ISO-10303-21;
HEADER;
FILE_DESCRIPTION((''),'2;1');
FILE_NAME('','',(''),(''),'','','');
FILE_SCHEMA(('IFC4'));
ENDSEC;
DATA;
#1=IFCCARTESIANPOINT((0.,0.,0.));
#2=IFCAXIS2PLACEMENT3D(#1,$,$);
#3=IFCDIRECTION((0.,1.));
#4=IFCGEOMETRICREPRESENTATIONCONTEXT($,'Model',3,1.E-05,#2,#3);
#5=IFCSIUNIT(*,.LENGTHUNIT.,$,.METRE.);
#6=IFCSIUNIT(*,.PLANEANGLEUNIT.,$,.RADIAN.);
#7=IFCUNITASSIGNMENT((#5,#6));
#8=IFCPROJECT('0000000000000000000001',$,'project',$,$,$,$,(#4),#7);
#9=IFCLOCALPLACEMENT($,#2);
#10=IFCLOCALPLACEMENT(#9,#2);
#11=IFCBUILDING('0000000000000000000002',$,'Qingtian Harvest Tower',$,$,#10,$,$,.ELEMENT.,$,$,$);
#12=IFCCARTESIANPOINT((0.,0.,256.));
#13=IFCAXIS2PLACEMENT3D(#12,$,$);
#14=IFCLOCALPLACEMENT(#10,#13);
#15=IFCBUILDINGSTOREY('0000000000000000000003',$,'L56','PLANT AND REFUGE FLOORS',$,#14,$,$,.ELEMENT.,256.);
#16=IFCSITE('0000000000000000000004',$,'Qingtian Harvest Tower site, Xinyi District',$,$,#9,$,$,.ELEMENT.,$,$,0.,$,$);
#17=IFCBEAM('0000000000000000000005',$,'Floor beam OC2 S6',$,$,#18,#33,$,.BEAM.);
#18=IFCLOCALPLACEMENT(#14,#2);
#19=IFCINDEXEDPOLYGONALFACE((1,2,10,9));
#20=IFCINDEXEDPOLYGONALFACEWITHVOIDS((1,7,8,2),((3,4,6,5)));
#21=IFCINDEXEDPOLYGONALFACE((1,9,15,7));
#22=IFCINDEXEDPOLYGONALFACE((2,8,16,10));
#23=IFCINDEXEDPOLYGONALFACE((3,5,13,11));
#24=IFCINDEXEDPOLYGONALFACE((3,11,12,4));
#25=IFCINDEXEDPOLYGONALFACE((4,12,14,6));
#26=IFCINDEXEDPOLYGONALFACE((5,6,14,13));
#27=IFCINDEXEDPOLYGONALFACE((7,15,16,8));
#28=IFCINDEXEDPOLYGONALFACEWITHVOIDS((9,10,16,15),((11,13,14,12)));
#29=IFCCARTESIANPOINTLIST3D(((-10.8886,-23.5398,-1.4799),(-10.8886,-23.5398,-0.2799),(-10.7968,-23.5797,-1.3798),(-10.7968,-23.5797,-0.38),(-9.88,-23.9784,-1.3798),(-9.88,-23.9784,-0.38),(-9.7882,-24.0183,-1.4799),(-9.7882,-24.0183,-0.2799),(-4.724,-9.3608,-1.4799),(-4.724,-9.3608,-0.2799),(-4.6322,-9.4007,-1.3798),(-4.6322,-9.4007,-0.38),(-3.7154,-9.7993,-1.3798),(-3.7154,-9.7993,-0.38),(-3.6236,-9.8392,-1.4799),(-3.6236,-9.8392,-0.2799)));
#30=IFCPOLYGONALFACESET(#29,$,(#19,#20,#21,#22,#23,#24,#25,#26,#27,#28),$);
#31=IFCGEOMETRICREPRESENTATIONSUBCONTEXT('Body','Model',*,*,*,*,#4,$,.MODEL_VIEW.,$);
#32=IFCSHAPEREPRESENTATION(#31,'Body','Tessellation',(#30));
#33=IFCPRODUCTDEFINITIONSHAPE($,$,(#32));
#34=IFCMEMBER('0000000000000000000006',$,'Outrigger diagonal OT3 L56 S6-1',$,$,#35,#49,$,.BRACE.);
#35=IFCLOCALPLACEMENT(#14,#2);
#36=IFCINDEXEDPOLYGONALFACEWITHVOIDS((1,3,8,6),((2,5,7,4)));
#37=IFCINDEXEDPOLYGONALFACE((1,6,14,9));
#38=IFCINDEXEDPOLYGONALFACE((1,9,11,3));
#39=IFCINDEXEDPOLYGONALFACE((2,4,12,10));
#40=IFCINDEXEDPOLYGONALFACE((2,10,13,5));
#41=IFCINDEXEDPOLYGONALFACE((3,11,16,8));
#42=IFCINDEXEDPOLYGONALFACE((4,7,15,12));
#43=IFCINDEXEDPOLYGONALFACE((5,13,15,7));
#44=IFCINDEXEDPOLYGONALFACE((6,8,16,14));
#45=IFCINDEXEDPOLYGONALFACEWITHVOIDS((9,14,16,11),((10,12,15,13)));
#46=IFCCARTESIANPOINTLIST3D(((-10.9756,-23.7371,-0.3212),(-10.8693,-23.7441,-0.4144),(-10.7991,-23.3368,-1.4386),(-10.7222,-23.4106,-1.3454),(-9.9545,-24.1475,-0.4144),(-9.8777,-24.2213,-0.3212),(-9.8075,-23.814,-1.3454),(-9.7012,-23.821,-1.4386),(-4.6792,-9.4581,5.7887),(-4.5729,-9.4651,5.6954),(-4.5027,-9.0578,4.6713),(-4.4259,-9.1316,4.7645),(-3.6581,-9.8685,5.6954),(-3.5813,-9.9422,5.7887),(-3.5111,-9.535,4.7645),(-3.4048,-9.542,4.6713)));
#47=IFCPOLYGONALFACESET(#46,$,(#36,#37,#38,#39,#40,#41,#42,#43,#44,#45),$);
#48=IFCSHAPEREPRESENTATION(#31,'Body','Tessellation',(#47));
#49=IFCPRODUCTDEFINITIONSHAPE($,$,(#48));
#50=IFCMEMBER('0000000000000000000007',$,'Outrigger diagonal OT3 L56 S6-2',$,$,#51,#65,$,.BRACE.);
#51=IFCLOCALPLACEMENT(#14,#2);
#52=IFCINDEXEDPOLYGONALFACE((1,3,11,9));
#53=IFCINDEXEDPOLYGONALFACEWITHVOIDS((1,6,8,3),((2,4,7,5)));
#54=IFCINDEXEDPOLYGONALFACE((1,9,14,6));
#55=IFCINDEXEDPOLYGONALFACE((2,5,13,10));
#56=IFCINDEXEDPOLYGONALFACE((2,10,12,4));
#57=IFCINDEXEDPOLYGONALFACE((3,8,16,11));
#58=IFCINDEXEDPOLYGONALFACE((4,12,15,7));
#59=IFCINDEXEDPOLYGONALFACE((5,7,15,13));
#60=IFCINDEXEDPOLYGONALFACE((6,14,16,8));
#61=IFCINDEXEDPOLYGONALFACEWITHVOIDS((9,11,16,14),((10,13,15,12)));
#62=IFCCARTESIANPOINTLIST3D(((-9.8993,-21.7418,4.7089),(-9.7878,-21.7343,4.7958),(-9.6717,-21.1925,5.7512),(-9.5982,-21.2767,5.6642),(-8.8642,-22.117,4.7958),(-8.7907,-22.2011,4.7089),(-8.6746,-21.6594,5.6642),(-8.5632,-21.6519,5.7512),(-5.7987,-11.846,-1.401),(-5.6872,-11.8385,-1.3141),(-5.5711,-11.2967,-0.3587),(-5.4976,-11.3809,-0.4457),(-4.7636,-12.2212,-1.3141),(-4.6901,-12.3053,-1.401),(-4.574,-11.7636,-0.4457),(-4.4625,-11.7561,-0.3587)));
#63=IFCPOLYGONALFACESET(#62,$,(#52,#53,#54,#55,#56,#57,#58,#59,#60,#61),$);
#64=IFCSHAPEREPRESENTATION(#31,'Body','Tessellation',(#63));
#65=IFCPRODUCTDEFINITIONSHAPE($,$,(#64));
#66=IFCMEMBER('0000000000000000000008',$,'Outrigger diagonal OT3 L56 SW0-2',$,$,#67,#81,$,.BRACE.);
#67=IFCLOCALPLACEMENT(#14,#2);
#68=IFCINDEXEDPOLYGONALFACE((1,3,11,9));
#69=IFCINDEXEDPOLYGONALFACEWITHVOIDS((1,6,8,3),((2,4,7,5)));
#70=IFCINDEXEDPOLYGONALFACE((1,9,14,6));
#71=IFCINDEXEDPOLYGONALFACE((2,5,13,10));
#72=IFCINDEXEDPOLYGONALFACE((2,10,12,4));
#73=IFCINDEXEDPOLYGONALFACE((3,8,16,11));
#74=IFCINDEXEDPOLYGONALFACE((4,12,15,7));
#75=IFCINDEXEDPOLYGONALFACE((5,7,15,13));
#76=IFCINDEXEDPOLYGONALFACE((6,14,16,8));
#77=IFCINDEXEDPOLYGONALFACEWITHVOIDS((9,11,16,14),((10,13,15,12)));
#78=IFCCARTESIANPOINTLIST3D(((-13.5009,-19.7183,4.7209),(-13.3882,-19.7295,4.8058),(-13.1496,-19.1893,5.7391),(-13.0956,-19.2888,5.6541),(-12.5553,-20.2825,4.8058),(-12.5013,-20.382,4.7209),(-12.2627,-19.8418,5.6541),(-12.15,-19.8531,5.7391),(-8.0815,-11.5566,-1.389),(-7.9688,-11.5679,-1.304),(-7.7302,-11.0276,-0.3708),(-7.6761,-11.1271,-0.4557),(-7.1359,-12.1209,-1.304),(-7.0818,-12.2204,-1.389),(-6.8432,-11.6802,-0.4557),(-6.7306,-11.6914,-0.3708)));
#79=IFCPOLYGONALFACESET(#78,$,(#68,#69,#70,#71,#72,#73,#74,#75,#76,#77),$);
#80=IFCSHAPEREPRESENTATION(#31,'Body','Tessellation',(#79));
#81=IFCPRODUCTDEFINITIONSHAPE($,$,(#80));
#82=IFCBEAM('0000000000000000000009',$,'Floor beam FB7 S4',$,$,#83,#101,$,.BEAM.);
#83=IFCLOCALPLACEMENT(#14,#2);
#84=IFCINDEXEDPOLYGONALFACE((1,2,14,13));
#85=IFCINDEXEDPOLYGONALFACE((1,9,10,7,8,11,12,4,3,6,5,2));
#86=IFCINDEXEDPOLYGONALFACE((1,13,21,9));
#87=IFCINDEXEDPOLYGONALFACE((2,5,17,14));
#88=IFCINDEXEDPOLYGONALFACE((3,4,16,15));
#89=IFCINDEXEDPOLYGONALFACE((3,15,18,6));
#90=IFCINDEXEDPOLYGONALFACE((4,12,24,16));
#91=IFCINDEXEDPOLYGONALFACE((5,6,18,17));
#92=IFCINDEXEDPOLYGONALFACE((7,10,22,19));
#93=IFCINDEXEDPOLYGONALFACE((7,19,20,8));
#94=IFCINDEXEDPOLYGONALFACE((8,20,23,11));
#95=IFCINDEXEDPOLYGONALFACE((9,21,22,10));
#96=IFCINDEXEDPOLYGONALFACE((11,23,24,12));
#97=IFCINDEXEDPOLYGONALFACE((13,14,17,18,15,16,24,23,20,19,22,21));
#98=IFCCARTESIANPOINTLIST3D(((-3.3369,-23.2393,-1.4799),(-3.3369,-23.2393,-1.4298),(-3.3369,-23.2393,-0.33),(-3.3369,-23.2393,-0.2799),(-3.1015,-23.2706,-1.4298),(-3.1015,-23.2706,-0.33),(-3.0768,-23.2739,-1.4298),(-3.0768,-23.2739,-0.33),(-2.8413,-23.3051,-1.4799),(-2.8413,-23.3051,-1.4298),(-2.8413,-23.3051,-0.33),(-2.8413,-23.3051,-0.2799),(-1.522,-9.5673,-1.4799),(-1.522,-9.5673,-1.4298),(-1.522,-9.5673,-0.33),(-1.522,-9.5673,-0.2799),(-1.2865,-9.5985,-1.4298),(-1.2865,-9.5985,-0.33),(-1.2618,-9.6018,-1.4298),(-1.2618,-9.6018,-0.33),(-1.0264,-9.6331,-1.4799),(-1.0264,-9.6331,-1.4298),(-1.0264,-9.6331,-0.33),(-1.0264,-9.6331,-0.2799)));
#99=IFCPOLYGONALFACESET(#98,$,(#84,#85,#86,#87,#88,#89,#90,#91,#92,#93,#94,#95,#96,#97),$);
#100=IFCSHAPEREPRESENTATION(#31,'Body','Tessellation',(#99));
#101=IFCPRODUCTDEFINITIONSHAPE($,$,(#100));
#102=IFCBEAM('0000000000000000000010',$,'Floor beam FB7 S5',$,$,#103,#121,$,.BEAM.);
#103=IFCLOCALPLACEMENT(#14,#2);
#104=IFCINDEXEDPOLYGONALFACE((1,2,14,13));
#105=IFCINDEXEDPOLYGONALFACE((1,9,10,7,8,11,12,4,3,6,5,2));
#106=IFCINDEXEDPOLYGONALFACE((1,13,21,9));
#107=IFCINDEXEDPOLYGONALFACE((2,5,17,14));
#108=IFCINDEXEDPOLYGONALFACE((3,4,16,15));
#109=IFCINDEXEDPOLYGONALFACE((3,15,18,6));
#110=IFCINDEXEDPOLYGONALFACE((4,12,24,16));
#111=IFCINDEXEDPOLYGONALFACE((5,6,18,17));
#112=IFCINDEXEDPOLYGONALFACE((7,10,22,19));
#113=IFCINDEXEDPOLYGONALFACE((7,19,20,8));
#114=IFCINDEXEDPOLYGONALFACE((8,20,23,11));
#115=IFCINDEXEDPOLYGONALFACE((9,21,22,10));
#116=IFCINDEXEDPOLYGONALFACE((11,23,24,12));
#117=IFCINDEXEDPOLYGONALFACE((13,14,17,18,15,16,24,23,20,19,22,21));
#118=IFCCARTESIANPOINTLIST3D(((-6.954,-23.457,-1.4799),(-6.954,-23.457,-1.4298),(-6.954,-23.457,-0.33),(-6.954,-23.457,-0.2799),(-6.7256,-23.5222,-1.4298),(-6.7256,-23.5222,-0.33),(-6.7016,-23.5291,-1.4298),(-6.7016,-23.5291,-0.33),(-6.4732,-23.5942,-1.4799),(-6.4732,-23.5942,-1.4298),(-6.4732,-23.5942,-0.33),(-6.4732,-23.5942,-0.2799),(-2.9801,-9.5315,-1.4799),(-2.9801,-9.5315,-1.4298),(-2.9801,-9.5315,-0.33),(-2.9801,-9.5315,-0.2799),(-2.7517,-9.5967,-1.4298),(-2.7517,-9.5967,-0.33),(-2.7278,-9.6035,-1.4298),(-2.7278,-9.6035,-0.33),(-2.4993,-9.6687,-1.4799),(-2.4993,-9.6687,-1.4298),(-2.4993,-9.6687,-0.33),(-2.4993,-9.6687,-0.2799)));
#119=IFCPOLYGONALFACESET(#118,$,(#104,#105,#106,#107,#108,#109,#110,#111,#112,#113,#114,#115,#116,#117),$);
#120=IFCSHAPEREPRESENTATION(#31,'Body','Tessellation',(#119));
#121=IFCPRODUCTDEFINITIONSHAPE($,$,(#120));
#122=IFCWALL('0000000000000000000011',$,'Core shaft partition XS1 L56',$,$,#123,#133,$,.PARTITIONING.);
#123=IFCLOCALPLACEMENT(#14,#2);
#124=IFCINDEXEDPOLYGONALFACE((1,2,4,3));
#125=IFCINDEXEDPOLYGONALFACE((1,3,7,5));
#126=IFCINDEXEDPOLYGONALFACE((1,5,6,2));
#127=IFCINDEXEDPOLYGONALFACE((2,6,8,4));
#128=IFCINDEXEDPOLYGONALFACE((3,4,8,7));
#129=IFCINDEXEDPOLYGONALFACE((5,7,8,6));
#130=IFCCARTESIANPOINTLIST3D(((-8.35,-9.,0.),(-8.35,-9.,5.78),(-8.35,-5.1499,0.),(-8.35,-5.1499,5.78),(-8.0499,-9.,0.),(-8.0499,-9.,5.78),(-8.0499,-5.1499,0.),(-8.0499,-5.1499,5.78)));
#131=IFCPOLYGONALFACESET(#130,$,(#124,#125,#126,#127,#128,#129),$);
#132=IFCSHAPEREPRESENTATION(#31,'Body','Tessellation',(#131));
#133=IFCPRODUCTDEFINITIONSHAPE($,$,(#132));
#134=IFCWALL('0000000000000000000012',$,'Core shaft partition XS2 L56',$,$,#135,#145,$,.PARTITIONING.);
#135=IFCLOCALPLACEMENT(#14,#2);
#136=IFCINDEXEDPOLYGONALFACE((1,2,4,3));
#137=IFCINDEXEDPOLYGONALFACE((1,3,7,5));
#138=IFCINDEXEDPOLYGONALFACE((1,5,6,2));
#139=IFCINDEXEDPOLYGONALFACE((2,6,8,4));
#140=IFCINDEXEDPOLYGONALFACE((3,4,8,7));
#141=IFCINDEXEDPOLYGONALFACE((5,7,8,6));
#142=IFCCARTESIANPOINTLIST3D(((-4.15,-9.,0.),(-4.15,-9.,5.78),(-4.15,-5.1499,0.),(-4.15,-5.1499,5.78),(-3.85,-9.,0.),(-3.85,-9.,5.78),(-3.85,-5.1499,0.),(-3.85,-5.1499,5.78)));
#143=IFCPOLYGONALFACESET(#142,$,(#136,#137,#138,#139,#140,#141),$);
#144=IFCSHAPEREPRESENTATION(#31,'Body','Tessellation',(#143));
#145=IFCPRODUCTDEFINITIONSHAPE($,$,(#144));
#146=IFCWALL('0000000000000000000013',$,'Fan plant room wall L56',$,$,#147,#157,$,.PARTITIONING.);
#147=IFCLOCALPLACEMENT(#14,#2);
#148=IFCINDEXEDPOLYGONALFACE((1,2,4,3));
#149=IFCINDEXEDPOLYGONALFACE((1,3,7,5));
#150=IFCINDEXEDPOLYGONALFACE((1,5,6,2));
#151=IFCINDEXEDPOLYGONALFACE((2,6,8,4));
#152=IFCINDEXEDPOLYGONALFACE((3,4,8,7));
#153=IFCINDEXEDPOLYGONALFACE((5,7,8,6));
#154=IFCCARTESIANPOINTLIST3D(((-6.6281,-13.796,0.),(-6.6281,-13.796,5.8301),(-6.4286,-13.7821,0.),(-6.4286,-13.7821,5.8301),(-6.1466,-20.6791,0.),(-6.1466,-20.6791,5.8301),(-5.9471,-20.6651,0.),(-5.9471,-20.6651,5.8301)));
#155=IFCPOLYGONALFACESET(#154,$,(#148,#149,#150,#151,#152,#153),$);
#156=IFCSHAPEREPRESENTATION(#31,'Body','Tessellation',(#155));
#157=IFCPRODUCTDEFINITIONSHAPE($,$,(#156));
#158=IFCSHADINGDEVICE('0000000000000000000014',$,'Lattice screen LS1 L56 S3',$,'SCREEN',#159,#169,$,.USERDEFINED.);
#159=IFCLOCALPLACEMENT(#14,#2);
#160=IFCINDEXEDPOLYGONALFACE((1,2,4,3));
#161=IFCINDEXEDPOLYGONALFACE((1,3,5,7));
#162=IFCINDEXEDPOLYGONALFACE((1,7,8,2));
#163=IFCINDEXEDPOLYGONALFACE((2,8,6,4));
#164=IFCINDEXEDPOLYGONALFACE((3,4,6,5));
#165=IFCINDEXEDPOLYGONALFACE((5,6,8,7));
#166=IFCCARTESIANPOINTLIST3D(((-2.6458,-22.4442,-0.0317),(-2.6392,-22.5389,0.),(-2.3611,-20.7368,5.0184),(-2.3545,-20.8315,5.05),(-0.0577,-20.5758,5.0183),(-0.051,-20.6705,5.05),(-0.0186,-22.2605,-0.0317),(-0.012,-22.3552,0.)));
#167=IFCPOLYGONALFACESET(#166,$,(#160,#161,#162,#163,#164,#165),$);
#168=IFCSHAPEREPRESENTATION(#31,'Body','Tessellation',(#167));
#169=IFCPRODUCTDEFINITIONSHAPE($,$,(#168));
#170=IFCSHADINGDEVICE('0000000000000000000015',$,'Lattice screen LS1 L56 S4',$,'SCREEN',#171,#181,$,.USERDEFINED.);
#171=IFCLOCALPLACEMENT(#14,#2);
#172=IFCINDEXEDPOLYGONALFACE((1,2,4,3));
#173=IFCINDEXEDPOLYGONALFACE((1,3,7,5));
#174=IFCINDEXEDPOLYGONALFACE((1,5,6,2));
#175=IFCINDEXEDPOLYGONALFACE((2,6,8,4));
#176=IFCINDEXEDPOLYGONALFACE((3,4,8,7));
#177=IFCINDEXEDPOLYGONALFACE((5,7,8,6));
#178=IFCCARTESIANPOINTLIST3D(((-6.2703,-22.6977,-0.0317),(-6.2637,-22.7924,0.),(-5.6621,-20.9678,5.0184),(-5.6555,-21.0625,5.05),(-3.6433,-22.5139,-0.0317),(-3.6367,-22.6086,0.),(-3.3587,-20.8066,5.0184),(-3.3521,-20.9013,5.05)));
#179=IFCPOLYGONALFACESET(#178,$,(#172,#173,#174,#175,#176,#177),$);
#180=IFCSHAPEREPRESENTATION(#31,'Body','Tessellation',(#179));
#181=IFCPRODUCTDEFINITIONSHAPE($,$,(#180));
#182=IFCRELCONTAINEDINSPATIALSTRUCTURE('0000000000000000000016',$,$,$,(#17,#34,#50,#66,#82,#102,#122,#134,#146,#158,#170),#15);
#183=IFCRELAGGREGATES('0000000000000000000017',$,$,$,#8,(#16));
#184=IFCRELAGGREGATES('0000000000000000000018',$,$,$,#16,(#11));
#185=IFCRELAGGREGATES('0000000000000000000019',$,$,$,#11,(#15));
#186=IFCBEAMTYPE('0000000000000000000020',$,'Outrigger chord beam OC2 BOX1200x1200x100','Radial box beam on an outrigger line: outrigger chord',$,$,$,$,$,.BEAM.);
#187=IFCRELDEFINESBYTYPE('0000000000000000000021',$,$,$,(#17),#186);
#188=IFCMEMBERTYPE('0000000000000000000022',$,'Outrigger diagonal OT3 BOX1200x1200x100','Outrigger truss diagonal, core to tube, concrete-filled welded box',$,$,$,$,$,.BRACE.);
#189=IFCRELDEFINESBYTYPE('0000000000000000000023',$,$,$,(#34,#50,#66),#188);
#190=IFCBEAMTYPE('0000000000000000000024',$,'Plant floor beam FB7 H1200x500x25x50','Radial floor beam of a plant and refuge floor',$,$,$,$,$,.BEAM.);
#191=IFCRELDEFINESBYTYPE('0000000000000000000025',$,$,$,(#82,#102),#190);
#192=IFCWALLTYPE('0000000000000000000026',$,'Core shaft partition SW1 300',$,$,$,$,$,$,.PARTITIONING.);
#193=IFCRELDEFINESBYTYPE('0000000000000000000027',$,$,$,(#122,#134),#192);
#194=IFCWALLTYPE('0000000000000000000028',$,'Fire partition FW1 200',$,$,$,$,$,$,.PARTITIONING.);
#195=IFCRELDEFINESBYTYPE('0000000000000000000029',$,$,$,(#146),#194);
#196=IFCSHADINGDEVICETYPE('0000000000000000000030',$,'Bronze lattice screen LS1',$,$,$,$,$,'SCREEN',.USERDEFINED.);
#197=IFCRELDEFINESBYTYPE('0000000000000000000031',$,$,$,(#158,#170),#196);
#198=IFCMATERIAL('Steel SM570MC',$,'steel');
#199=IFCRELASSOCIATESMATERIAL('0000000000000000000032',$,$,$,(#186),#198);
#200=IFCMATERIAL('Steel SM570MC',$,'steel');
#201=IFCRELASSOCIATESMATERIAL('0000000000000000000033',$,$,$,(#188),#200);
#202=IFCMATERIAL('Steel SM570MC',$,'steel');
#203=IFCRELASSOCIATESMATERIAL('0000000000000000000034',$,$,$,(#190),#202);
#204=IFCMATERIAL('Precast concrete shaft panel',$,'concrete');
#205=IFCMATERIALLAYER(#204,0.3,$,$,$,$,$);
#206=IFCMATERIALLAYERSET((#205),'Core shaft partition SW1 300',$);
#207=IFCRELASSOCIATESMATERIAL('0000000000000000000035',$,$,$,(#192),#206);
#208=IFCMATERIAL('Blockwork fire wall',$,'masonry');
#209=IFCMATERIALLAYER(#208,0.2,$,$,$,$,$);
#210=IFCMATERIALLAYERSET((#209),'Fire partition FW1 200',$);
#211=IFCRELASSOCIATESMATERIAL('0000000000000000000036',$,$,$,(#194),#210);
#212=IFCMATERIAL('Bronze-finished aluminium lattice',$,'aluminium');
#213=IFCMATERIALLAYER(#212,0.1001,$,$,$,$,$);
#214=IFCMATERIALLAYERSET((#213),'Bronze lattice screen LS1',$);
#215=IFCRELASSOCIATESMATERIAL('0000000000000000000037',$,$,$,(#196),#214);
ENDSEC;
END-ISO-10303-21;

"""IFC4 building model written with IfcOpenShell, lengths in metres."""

from ifc_helpers import new_model, si_unit, direction, frame, frame_2d, origin, origin_2d, place, context, subcontext, project, spatial, polyline, rectangle, hollow_rectangle, i_section, outline, extrude, material, layer, layer_set, material_profile, profile_set, type_object, element, save


model = new_model("IFC4")

# Units and contexts
model_context = context("Model", 3, precision=1e-05, world=origin(), true_north=direction((0.0, 1.0)))
body_context = subcontext(model_context, "Body", "Model", "MODEL_VIEW")
ifc_project = project(units=[si_unit("LENGTHUNIT", "METRE"), si_unit("PLANEANGLEUNIT", "RADIAN")], contexts=[model_context])

# Site, building, storey
site_placement = place(None, origin())
site = spatial("IfcSite", under=ifc_project, at=site_placement, Name="Qingtian Harvest Tower site, Xinyi District", CompositionType="ELEMENT", RefElevation=0.0)
building_placement = place(site_placement, origin())
building = spatial("IfcBuilding", under=site, at=building_placement, Name="Qingtian Harvest Tower", CompositionType="ELEMENT")
storey_placement = place(building_placement, frame((0.0, 0.0, 256.0)))
storey = spatial("IfcBuildingStorey", under=building, at=storey_placement, Name="L56", Description="PLANT AND REFUGE FLOORS", CompositionType="ELEMENT", Elevation=256.0)

# Beam
ifc_material_1 = material(Name="Steel SM570MC", Category="steel")
ifc_material_profile_1 = material_profile(ifc_material_1, hollow_rectangle(XDim=1.2, YDim=1.2, WallThickness=0.1001, at=origin_2d()), Name="BOX1200x1200x100")
ifc_profile_set_1 = profile_set([ifc_material_profile_1], Name="Steel SM570MC")
beam_type_1 = type_object("IfcBeamType", Name="Outrigger chord beam OC2 BOX1200x1200x100", Description="Radial box beam on an outrigger line: outrigger chord", PredefinedType="BEAM", material=ifc_profile_set_1)
beam_1_placement = place(storey_placement, frame((-10.3384, -23.7791, -0.8799), z_axis=(0.398715, 0.917075, 0.0), x_axis=(-0.917075, 0.398715, 0.0)))
element("IfcBeam", 1, at=beam_1_placement, inside=storey, type_object=beam_type_1, Name="Floor beam OC2 S6", PredefinedType="BEAM", context=body_context, shape_type="SweptSolid", body=[
    extrude(hollow_rectangle(XDim=1.2, YDim=1.2, WallThickness=0.1001, at=origin_2d()), origin(), (0.0, 0.0, 1.0), 15.4612),
])

# Members
ifc_material_2 = material(Name="Steel SM570MC", Category="steel")
ifc_material_profile_2 = material_profile(ifc_material_2, hollow_rectangle(XDim=1.2, YDim=1.2, WallThickness=0.1001, at=origin_2d()), Name="BOX1200x1200x100")
ifc_profile_set_2 = profile_set([ifc_material_profile_2], Name="Steel SM570MC")
member_type_1 = type_object("IfcMemberType", Name="Outrigger diagonal OT3 BOX1200x1200x100", Description="Outrigger truss diagonal, core to tube, concrete-filled welded box", PredefinedType="BRACE", material=ifc_profile_set_2)
member_1_placement = place(storey_placement, frame((-10.3384, -23.7791, -0.8799), z_axis=(0.3757, 0.85202, 0.364571), x_axis=(-0.914993, 0.403469, 0.0)))
element("IfcMember", 2, at=member_1_placement, inside=storey, type_object=member_type_1, Name="Outrigger diagonal OT3 L56 S6-1", PredefinedType="BRACE", context=body_context, shape_type="SweptSolid", body=[
    extrude(hollow_rectangle(XDim=1.2, YDim=1.2, WallThickness=0.1001, at=origin_2d()), origin(), (0.0, 0.0, 1.0), 16.759),
])
member_2_placement = place(storey_placement, frame((-5.1306, -11.801, -0.8799), z_axis=(-0.332524, -0.802464, 0.495459), x_axis=(0.923826, -0.382813, 0.0)))
element("IfcMember", 3, at=member_2_placement, inside=storey, type_object=member_type_1, Name="Outrigger diagonal OT3 L56 S6-2", PredefinedType="BRACE", context=body_context, shape_type="SweptSolid", body=[
    extrude(hollow_rectangle(XDim=1.2, YDim=1.2, WallThickness=0.1001, at=origin_2d()), origin(), (0.0, 0.0, 1.0), 12.3318),
])
member_3_placement = place(storey_placement, frame((-7.406, -11.624, -0.8799), z_axis=(-0.469373, -0.706872, 0.529171), x_axis=(0.833069, -0.55317, 0.0)))
element("IfcMember", 4, at=member_3_placement, inside=storey, type_object=member_type_1, Name="Outrigger diagonal OT3 L56 SW0-2", PredefinedType="BRACE", context=body_context, shape_type="SweptSolid", body=[
    extrude(hollow_rectangle(XDim=1.2, YDim=1.2, WallThickness=0.1001, at=origin_2d()), origin(), (0.0, 0.0, 1.0), 11.5461),
])

# Beams
ifc_material_3 = material(Name="Steel SM570MC", Category="steel")
ifc_material_profile_3 = material_profile(ifc_material_3, i_section(OverallWidth=0.5, OverallDepth=1.2, WebThickness=0.0249, FlangeThickness=0.05, at=origin_2d()), Name="H1200x500x25x50")
ifc_profile_set_3 = profile_set([ifc_material_profile_3], Name="Steel SM570MC")
beam_type_2 = type_object("IfcBeamType", Name="Plant floor beam FB7 H1200x500x25x50", Description="Radial floor beam of a plant and refuge floor", PredefinedType="BEAM", material=ifc_profile_set_3)
beam_2_placement = place(storey_placement, frame((-3.0891, -23.2722, -0.8799), z_axis=(0.131593, 0.991304, 0.0), x_axis=(-0.991304, 0.131593, 0.0)))
element("IfcBeam", 5, at=beam_2_placement, inside=storey, type_object=beam_type_2, Name="Floor beam FB7 S4", PredefinedType="BEAM", context=body_context, shape_type="SweptSolid", body=[
    extrude(i_section(OverallWidth=0.5, OverallDepth=1.2, WebThickness=0.0249, FlangeThickness=0.05, at=origin_2d()), origin(), (0.0, 0.0, 1.0), 13.792),
])
beam_3_placement = place(storey_placement, frame((-6.7136, -23.5256, -0.8799), z_axis=(0.274412, 0.961612, 0.0), x_axis=(-0.961612, 0.274412, 0.0)))
element("IfcBeam", 6, at=beam_3_placement, inside=storey, type_object=beam_type_2, Name="Floor beam FB7 S5", PredefinedType="BEAM", context=body_context, shape_type="SweptSolid", body=[
    extrude(i_section(OverallWidth=0.5, OverallDepth=1.2, WebThickness=0.0249, FlangeThickness=0.05, at=origin_2d()), origin(), (0.0, 0.0, 1.0), 14.4814),
])

# Walls
ifc_material_4 = material(Name="Precast concrete shaft panel", Category="concrete")
ifc_layer_1 = layer(ifc_material_4, 0.3)
ifc_layer_set_1 = layer_set([ifc_layer_1], Name="Core shaft partition SW1 300")
wall_type_1 = type_object("IfcWallType", Name="Core shaft partition SW1 300", PredefinedType="PARTITIONING", material=ifc_layer_set_1)
for number, where, z_axis, x_axis, name in (
    (7, (-8.2, -9.0, 0.0), (0.0, 0.0, 1.0), (0.0, 1.0, 0.0), "Core shaft partition XS1 L56"),
    (8, (-4.0, -9.0, 0.0), (0.0, 0.0, 1.0), (0.0, 1.0, 0.0), "Core shaft partition XS2 L56"),
):
    element("IfcWall", number, at=place(storey_placement, frame(where, z_axis=z_axis, x_axis=x_axis)), inside=storey, type_object=wall_type_1, Name=name, PredefinedType="PARTITIONING", context=body_context, shape_type="SweptSolid", body=[
        extrude(rectangle(XDim=3.8501, YDim=0.3, at=frame_2d((1.925, 0.0))), origin(), (0.0, 0.0, 1.0), 5.78),
    ])
ifc_material_5 = material(Name="Blockwork fire wall", Category="masonry")
ifc_layer_2 = layer(ifc_material_5, 0.2)
ifc_layer_set_2 = layer_set([ifc_layer_2], Name="Fire partition FW1 200")
wall_type_2 = type_object("IfcWallType", Name="Fire partition FW1 200", PredefinedType="PARTITIONING", material=ifc_layer_set_2)
wall_1_placement = place(storey_placement, frame((-6.0469, -20.6721, 0.0), z_axis=(0.0, 0.0, 1.0), x_axis=(-0.069776, 0.997563, 0.0)))
element("IfcWall", 9, at=wall_1_placement, inside=storey, type_object=wall_type_2, Name="Fan plant room wall L56", PredefinedType="PARTITIONING", context=body_context, shape_type="SweptSolid", body=[
    extrude(rectangle(XDim=6.8999, YDim=0.2, at=frame_2d((3.45, 0.0))), origin(), (0.0, 0.0, 1.0), 5.8301),
])

# Shading devices
ifc_material_6 = material(Name="Bronze-finished aluminium lattice", Category="aluminium")
ifc_layer_3 = layer(ifc_material_6, 0.1001)
ifc_layer_set_3 = layer_set([ifc_layer_3], Name="Bronze lattice screen LS1")
shading_device_type = type_object("IfcShadingDeviceType", Name="Bronze lattice screen LS1", ElementType="SCREEN", PredefinedType="USERDEFINED", material=ifc_layer_set_3)
shading_device_1_placement = place(storey_placement, frame((-0.012, -22.3552, 0.0), z_axis=(0.066166, -0.946373, 0.316228), x_axis=(-0.997564, -0.069751, -0.000018)))
element("IfcShadingDevice", 10, at=shading_device_1_placement, inside=storey, type_object=shading_device_type, Name="Lattice screen LS1 L56 S3", ObjectType="SCREEN", PredefinedType="USERDEFINED", context=body_context, shape_type="SweptSolid", body=[
    extrude(outline(polyline([(0.0, 0.0), (2.6336, 0.0), (2.2305, -5.3233), (-0.0786, -5.3232), (0.0, 0.0)])), origin(), (0.0, 0.0, -1.0), 0.1001),
])
shading_device_2_placement = place(storey_placement, frame((-3.6367, -22.6086, 0.0), z_axis=(0.066216, -0.946374, 0.316216), x_axis=(-0.997561, -0.069799, -0.000004)))
element("IfcShadingDevice", 11, at=shading_device_2_placement, inside=storey, type_object=shading_device_type, Name="Lattice screen LS1 L56 S4", ObjectType="SCREEN", PredefinedType="USERDEFINED", context=body_context, shape_type="SweptSolid", body=[
    extrude(outline(polyline([(0.0, 0.0), (2.6334, 0.0), (1.9059, -5.3232), (-0.4032, -5.3232), (0.0, 0.0)])), origin(), (0.0, 0.0, -1.0), 0.1001),
])

save(model, "model.ifc")
